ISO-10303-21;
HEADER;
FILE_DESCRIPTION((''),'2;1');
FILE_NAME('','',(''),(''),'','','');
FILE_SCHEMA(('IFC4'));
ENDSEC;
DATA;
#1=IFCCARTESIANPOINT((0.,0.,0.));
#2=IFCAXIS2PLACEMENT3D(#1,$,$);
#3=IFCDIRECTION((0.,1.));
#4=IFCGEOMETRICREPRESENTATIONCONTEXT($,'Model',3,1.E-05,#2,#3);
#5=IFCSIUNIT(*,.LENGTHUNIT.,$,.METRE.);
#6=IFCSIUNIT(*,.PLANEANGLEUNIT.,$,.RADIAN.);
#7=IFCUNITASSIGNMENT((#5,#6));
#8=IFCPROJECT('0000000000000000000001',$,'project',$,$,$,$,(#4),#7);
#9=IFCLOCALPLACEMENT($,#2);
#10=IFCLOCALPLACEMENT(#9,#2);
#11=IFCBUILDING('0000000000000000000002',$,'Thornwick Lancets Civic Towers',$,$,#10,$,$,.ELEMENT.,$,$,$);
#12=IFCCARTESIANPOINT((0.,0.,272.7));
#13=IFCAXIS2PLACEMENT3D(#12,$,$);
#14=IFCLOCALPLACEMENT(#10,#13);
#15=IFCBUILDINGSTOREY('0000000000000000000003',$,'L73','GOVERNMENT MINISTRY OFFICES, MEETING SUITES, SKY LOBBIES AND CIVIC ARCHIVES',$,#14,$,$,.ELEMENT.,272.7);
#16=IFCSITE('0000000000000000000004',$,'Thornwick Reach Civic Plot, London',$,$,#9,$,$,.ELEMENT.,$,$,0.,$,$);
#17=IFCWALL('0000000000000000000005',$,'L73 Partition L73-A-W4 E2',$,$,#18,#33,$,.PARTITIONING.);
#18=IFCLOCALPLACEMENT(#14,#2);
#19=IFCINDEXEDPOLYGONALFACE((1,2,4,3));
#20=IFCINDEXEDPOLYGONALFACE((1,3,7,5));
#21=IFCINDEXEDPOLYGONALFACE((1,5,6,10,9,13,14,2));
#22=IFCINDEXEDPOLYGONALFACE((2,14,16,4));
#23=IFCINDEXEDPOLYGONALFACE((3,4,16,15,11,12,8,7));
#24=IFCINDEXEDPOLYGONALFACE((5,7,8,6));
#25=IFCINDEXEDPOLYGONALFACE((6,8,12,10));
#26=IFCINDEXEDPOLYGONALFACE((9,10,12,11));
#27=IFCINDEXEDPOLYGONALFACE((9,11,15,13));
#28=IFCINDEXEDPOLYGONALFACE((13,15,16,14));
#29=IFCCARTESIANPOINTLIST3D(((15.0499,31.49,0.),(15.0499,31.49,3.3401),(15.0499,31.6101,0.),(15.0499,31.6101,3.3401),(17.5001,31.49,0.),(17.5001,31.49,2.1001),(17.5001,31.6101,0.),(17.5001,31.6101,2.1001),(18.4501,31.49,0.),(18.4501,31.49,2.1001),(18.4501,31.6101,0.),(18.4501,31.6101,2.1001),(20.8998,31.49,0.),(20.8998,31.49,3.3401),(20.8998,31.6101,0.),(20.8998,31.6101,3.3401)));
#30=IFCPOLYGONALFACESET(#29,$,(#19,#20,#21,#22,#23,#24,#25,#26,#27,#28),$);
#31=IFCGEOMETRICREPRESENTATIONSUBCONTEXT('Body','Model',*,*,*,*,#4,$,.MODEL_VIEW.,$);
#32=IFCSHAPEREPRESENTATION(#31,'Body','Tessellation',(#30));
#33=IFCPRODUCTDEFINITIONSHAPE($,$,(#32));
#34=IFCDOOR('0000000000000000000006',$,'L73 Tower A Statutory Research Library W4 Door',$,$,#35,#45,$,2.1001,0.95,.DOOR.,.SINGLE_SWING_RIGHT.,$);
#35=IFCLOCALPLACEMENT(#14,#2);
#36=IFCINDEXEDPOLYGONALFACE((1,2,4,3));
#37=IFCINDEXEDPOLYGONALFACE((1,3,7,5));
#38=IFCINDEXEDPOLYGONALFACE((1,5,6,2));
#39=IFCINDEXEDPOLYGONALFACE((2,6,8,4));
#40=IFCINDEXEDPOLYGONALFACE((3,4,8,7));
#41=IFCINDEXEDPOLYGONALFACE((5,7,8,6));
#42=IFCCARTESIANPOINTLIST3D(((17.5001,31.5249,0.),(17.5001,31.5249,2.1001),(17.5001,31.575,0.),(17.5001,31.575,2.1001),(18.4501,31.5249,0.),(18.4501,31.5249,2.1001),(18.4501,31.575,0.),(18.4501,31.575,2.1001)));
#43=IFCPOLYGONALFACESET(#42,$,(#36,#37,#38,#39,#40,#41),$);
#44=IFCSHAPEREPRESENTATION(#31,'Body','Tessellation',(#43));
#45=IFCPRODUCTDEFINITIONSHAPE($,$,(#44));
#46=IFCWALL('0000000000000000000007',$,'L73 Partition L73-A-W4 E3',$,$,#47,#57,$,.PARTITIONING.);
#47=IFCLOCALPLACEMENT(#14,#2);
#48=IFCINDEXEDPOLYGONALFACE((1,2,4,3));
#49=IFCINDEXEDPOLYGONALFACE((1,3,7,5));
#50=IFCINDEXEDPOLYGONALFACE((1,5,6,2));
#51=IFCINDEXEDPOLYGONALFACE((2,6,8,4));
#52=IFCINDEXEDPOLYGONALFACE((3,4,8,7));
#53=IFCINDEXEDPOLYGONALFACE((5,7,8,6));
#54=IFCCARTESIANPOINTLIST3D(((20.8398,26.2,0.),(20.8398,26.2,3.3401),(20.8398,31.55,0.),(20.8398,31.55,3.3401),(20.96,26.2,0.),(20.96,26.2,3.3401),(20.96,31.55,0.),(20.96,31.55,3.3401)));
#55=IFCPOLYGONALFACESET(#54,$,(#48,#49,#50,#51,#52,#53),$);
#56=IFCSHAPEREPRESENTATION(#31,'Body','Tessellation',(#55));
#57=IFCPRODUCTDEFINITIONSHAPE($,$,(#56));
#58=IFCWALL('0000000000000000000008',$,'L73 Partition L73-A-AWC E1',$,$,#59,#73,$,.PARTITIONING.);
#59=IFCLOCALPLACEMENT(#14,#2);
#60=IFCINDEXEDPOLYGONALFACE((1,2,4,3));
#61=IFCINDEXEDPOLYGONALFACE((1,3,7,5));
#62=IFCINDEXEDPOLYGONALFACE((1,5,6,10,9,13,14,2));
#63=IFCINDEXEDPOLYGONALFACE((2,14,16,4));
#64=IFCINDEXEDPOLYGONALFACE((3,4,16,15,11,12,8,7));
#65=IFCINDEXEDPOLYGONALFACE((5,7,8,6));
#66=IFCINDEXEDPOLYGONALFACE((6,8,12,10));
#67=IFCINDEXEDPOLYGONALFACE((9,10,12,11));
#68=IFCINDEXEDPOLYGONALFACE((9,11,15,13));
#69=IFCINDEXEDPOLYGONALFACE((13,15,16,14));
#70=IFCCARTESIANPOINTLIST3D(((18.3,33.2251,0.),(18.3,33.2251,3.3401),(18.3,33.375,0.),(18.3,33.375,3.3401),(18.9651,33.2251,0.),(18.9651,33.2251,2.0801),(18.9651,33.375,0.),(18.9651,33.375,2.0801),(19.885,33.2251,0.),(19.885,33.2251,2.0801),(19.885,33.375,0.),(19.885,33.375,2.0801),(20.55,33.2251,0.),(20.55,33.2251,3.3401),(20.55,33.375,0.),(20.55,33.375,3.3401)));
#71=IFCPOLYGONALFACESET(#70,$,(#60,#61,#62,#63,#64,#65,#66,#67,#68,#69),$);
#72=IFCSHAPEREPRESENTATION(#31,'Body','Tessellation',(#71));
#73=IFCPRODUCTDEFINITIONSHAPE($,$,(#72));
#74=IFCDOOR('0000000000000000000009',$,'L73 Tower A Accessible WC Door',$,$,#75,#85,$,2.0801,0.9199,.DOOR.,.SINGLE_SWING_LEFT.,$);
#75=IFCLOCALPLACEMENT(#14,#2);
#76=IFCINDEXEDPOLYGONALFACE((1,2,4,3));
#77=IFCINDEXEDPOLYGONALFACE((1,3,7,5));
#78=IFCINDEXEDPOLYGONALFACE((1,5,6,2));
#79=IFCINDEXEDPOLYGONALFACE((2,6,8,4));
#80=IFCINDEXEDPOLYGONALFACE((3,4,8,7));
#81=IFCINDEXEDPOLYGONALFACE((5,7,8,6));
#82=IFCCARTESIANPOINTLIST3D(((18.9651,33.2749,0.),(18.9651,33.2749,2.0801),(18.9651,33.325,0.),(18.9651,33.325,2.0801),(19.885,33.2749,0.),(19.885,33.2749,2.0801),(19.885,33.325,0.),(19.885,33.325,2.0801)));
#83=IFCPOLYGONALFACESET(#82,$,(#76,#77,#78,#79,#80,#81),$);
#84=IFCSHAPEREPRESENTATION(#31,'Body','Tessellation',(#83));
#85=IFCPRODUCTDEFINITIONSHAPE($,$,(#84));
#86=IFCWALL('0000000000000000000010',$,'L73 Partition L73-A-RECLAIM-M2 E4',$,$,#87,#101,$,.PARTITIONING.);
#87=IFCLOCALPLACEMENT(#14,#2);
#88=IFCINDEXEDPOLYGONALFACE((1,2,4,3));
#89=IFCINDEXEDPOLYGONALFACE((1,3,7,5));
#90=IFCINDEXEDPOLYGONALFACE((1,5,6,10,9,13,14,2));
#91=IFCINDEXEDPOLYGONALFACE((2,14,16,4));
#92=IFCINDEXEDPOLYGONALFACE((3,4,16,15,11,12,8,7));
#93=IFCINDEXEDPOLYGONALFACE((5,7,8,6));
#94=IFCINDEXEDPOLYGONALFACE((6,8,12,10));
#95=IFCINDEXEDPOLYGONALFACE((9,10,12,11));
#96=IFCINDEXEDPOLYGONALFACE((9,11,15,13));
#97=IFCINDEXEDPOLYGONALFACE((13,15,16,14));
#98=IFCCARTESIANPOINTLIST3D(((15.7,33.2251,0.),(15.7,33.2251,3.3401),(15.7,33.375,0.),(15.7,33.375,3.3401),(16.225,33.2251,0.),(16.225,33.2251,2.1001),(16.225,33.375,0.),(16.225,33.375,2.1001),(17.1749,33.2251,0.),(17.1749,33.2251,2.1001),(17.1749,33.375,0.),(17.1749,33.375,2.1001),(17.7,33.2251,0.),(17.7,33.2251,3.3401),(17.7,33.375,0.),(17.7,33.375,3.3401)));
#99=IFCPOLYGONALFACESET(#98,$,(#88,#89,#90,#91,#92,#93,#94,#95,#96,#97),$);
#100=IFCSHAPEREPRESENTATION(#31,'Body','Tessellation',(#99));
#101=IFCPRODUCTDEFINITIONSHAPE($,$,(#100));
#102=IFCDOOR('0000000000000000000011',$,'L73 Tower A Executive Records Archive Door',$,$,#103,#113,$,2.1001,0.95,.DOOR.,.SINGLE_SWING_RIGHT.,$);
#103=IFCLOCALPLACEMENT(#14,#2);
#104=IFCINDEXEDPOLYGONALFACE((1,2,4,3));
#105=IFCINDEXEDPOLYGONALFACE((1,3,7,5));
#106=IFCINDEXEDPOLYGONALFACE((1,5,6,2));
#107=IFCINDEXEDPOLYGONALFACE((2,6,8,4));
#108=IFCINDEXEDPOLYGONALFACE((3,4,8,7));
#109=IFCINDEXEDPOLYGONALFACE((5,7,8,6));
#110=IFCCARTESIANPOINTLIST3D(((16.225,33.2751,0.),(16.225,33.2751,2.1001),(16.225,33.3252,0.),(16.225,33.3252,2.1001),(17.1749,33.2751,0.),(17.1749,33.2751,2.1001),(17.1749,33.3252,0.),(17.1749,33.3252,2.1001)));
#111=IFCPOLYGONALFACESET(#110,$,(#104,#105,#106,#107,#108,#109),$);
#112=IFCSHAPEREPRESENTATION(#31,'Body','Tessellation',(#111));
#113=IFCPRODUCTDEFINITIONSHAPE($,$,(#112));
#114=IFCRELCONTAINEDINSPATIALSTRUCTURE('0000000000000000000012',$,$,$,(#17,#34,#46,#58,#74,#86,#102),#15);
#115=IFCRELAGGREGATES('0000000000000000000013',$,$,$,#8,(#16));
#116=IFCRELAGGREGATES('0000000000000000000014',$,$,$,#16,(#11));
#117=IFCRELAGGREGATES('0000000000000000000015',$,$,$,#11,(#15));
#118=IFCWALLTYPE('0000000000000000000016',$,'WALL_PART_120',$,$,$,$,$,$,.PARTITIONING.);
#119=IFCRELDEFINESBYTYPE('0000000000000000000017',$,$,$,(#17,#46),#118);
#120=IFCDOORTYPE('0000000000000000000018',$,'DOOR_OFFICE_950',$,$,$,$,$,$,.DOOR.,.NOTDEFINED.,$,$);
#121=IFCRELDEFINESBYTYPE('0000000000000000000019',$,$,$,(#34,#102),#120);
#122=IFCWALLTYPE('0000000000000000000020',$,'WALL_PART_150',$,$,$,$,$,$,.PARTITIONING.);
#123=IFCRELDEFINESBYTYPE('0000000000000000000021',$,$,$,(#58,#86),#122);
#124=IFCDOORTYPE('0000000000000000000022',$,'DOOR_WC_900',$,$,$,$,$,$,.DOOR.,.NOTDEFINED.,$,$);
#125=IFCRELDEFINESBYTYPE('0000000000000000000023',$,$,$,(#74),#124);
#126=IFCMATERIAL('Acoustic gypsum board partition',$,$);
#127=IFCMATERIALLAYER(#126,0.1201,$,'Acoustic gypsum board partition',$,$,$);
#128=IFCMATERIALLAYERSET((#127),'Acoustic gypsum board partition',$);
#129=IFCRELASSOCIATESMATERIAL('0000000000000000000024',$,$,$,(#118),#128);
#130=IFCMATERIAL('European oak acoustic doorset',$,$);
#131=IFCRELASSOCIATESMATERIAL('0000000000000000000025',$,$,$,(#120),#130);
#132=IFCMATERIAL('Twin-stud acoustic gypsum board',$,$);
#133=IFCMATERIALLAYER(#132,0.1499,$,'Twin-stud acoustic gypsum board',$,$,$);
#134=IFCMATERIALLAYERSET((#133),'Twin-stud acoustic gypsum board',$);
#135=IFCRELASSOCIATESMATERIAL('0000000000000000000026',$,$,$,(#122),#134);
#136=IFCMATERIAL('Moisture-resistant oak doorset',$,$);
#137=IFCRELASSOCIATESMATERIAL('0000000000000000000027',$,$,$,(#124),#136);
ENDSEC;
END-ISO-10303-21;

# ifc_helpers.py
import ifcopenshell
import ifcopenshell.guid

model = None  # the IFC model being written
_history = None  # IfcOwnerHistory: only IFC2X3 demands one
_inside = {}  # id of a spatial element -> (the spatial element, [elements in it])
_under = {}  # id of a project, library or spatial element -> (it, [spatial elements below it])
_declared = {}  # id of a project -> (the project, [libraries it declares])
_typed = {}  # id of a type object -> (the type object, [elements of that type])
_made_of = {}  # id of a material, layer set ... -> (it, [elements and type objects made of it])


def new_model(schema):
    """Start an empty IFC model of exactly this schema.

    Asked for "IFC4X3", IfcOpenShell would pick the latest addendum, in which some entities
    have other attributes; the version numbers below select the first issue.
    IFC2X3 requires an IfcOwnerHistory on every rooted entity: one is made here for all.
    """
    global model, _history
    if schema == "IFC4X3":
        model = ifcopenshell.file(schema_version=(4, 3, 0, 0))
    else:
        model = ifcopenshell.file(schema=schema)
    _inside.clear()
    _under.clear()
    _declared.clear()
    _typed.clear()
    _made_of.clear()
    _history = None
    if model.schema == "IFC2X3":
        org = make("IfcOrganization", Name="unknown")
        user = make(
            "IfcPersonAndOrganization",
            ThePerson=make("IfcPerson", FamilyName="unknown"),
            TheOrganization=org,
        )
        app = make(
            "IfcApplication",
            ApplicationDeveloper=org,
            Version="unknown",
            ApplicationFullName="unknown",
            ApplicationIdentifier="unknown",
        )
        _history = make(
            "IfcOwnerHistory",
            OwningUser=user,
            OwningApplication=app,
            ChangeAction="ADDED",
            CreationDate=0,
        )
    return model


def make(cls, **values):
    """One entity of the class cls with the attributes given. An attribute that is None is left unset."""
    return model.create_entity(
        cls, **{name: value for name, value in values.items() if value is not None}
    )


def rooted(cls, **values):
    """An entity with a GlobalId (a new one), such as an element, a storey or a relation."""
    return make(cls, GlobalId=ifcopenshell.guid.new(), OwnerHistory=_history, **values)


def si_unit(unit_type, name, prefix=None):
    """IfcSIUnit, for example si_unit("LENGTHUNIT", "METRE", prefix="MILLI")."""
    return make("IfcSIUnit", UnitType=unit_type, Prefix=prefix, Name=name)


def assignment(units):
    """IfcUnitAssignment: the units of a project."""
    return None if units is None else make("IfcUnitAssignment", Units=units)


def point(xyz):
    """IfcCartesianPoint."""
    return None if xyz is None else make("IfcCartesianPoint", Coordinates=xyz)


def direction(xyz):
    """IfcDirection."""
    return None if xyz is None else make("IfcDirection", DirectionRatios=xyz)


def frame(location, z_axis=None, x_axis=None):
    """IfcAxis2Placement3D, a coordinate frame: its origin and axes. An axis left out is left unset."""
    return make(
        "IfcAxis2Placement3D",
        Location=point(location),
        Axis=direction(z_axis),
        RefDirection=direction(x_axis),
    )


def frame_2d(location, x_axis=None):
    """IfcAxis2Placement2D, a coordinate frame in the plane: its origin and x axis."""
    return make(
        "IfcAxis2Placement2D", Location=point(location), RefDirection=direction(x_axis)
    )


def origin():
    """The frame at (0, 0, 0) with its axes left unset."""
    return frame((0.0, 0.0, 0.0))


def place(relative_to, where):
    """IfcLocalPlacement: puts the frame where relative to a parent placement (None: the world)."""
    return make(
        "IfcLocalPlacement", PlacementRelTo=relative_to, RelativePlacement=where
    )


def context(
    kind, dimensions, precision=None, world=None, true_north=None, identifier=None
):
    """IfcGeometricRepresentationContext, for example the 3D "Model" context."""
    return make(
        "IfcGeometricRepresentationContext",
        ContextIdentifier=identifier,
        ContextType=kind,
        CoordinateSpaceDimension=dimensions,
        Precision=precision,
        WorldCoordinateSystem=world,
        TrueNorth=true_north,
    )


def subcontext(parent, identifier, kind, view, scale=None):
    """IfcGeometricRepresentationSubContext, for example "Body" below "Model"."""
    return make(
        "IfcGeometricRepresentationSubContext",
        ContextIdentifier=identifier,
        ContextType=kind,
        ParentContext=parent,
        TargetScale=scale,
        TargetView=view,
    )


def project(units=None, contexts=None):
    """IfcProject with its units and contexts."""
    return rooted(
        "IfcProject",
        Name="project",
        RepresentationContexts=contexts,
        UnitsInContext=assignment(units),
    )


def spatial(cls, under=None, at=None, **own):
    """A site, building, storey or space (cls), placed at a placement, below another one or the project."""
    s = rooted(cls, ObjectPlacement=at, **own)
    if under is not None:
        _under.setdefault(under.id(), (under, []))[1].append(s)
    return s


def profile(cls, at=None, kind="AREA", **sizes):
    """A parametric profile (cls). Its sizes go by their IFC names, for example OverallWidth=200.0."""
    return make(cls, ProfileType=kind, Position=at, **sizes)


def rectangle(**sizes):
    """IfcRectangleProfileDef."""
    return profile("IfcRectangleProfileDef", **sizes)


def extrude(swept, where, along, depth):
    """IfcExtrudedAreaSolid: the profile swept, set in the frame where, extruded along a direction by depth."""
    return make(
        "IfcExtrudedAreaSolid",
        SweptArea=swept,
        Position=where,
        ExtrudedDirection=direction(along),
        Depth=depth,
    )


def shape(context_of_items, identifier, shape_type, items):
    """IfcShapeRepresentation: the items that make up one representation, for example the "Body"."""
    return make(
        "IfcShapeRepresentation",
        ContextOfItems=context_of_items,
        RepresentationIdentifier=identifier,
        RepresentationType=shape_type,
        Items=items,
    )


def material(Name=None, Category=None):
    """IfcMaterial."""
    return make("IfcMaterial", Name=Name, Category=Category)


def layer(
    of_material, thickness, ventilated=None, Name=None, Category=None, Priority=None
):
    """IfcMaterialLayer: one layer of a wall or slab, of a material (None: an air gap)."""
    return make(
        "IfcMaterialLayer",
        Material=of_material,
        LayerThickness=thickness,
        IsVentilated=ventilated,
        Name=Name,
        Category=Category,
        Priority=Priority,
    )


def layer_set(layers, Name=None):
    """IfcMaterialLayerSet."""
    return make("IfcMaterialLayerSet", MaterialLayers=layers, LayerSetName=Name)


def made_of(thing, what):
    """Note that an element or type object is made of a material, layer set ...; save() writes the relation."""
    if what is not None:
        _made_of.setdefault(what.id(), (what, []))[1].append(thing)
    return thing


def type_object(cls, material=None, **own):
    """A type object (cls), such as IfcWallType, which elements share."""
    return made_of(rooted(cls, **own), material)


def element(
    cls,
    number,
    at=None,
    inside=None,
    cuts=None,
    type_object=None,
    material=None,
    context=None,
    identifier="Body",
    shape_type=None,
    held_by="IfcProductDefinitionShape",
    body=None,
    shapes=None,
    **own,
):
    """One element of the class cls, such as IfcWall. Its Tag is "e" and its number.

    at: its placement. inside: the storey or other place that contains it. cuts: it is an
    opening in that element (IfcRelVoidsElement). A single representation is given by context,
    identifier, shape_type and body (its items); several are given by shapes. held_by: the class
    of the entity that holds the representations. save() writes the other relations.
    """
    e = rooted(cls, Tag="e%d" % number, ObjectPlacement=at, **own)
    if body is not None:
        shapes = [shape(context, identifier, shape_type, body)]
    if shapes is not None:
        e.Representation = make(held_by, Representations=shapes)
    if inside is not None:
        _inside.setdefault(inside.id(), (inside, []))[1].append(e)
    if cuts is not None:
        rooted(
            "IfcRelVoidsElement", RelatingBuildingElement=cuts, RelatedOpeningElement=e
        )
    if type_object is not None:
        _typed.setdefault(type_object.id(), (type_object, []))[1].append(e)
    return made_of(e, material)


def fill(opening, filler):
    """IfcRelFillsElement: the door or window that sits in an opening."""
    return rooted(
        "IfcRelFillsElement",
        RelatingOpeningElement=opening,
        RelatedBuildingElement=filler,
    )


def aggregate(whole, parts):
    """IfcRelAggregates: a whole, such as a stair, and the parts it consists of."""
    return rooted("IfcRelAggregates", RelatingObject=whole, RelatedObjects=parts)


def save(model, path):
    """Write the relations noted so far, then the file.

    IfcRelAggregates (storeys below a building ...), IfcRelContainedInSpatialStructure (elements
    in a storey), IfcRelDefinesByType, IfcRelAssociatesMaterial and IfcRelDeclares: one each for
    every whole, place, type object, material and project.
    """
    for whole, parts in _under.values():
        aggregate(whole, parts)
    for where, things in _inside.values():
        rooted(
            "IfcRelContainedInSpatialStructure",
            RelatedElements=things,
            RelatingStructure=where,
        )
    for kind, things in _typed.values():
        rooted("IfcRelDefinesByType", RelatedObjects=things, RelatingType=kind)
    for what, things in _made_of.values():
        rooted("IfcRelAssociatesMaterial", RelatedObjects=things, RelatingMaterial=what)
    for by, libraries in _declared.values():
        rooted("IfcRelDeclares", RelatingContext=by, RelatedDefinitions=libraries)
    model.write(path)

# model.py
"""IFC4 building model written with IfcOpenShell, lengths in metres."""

from ifc_helpers import new_model, si_unit, direction, frame, frame_2d, origin, place, context, subcontext, project, spatial, rectangle, extrude, material, layer, layer_set, type_object, element, fill, save


model = new_model("IFC4")

# Units and contexts
model_context = context("Model", 3, precision=1e-05, world=origin(), true_north=direction((0.0, 1.0)))
body_context = subcontext(model_context, "Body", "Model", "MODEL_VIEW")
ifc_project = project(units=[si_unit("LENGTHUNIT", "METRE"), si_unit("PLANEANGLEUNIT", "RADIAN")], contexts=[model_context])

# Site, building, storey
site_placement = place(None, origin())
site = spatial("IfcSite", under=ifc_project, at=site_placement, Name="Thornwick Reach Civic Plot, London", CompositionType="ELEMENT", RefElevation=0.0)
building_placement = place(site_placement, origin())
building = spatial("IfcBuilding", under=site, at=building_placement, Name="Thornwick Lancets Civic Towers", CompositionType="ELEMENT")
storey_placement = place(building_placement, frame((0.0, 0.0, 272.7)))
storey = spatial("IfcBuildingStorey", under=building, at=storey_placement, Name="L73", Description="GOVERNMENT MINISTRY OFFICES, MEETING SUITES, SKY LOBBIES AND CIVIC ARCHIVES", CompositionType="ELEMENT", Elevation=272.7)

# Shared definitions
ifc_material_1 = material(Name="Acoustic gypsum board partition")
ifc_layer_1 = layer(ifc_material_1, 0.1201, Name="Acoustic gypsum board partition")
ifc_layer_set_1 = layer_set([ifc_layer_1], Name="Acoustic gypsum board partition")
wall_type_1 = type_object("IfcWallType", Name="WALL_PART_120", PredefinedType="PARTITIONING", material=ifc_layer_set_1)

# Shared definitions
ifc_material_2 = material(Name="European oak acoustic doorset")
door_type_1 = type_object("IfcDoorType", Name="DOOR_OFFICE_950", OperationType="NOTDEFINED", PredefinedType="DOOR", material=ifc_material_2)

# Wall, opening, door
wall_1_placement = place(storey_placement, frame((15.05, 31.55, 0.0), z_axis=(0.0, 0.0, 1.0), x_axis=(1.0, 0.0, 0.0)))
wall_1 = element("IfcWall", 1, at=wall_1_placement, inside=storey, type_object=wall_type_1, Name="L73 Partition L73-A-W4 E2", PredefinedType="PARTITIONING", context=body_context, shape_type="SweptSolid", body=[
    extrude(rectangle(XDim=5.8499, YDim=0.1201, at=frame_2d((2.9248, 0.0))), origin(), (0.0, 0.0, 1.0), 3.3401),
])
opening_1_placement = place(wall_1_placement, frame((2.45, 0.0, 0.0)))
opening_1 = element("IfcOpeningElement", 2, at=opening_1_placement, cuts=wall_1, PredefinedType="OPENING", context=body_context, shape_type="SweptSolid", body=[
    extrude(rectangle(XDim=0.95, YDim=2.1001, at=frame_2d((0.4751, 1.05))), frame((0.0, 0.0701, 0.0), z_axis=(0.0, -1.0, 0.0), x_axis=(1.0, 0.0, 0.0)), (0.0, 0.0, 1.0), 0.1401),
])
door_1_placement = place(opening_1_placement, origin())
door_1 = element("IfcDoor", 3, at=door_1_placement, inside=storey, type_object=door_type_1, Name="L73 Tower A Statutory Research Library W4 Door", OperationType="SINGLE_SWING_RIGHT", OverallHeight=2.1001, OverallWidth=0.95, PredefinedType="DOOR", context=body_context, shape_type="SweptSolid", body=[
    extrude(rectangle(XDim=0.95, YDim=2.1001, at=frame_2d((0.4751, 1.05))), frame((0.0, 0.0249, 0.0), z_axis=(0.0, -1.0, 0.0), x_axis=(1.0, 0.0, 0.0)), (0.0, 0.0, 1.0), 0.05),
])
fill(opening_1, door_1)

# Wall
wall_2_placement = place(storey_placement, frame((20.8999, 31.55, 0.0), z_axis=(0.0, 0.0, 1.0), x_axis=(0.0, -1.0, 0.0)))
element("IfcWall", 4, at=wall_2_placement, inside=storey, type_object=wall_type_1, Name="L73 Partition L73-A-W4 E3", PredefinedType="PARTITIONING", context=body_context, shape_type="SweptSolid", body=[
    extrude(rectangle(XDim=5.3501, YDim=0.1201, at=frame_2d((2.675, 0.0))), origin(), (0.0, 0.0, 1.0), 3.3401),
])

# Walls, openings, doors
ifc_material_3 = material(Name="Twin-stud acoustic gypsum board")
ifc_layer_2 = layer(ifc_material_3, 0.1499, Name="Twin-stud acoustic gypsum board")
ifc_layer_set_2 = layer_set([ifc_layer_2], Name="Twin-stud acoustic gypsum board")
wall_type_2 = type_object("IfcWallType", Name="WALL_PART_150", PredefinedType="PARTITIONING", material=ifc_layer_set_2)
wall_3_placement = place(storey_placement, frame((18.3, 33.3, 0.0), z_axis=(0.0, 0.0, 1.0), x_axis=(1.0, 0.0, 0.0)))
wall_3 = element("IfcWall", 5, at=wall_3_placement, inside=storey, type_object=wall_type_2, Name="L73 Partition L73-A-AWC E1", PredefinedType="PARTITIONING", context=body_context, shape_type="SweptSolid", body=[
    extrude(rectangle(XDim=2.25, YDim=0.1499, at=frame_2d((1.125, 0.0))), origin(), (0.0, 0.0, 1.0), 3.3401),
])
opening_2_placement = place(wall_3_placement, frame((0.665, 0.0, 0.0)))
opening_2 = element("IfcOpeningElement", 6, at=opening_2_placement, cuts=wall_3, PredefinedType="OPENING", context=body_context, shape_type="SweptSolid", body=[
    extrude(rectangle(XDim=0.9199, YDim=2.0801, at=frame_2d((0.46, 1.04))), frame((0.0, 0.085, 0.0), z_axis=(0.0, -1.0, 0.0), x_axis=(1.0, 0.0, 0.0)), (0.0, 0.0, 1.0), 0.1699),
])
ifc_material_4 = material(Name="Moisture-resistant oak doorset")
door_type_2 = type_object("IfcDoorType", Name="DOOR_WC_900", OperationType="NOTDEFINED", PredefinedType="DOOR", material=ifc_material_4)
door_2_placement = place(opening_2_placement, origin())
door_2 = element("IfcDoor", 7, at=door_2_placement, inside=storey, type_object=door_type_2, Name="L73 Tower A Accessible WC Door", OperationType="SINGLE_SWING_LEFT", OverallHeight=2.0801, OverallWidth=0.9199, PredefinedType="DOOR", context=body_context, shape_type="SweptSolid", body=[
    extrude(rectangle(XDim=0.9199, YDim=2.0801, at=frame_2d((0.46, 1.04))), frame((0.0, 0.0249, 0.0), z_axis=(0.0, -1.0, 0.0), x_axis=(1.0, 0.0, 0.0)), (0.0, 0.0, 1.0), 0.05),
])
fill(opening_2, door_2)
wall_4_placement = place(storey_placement, frame((17.7, 33.3, 0.0), z_axis=(0.0, 0.0, 1.0), x_axis=(-1.0, 0.0, 0.0)))
wall_4 = element("IfcWall", 8, at=wall_4_placement, inside=storey, type_object=wall_type_2, Name="L73 Partition L73-A-RECLAIM-M2 E4", PredefinedType="PARTITIONING", context=body_context, shape_type="SweptSolid", body=[
    extrude(rectangle(XDim=2.0, YDim=0.1499, at=frame_2d((1.0, 0.0))), origin(), (0.0, 0.0, 1.0), 3.3401),
])
opening_3_placement = place(wall_4_placement, frame((0.5249, 0.0, 0.0)))
opening_3 = element("IfcOpeningElement", 9, at=opening_3_placement, cuts=wall_4, PredefinedType="OPENING", context=body_context, shape_type="SweptSolid", body=[
    extrude(rectangle(XDim=0.95, YDim=2.1001, at=frame_2d((0.4751, 1.05))), frame((0.0, 0.085, 0.0), z_axis=(0.0, -1.0, 0.0), x_axis=(1.0, 0.0, 0.0)), (0.0, 0.0, 1.0), 0.1699),
])
door_3_placement = place(opening_3_placement, origin())
door_3 = element("IfcDoor", 10, at=door_3_placement, inside=storey, type_object=door_type_1, Name="L73 Tower A Executive Records Archive Door", OperationType="SINGLE_SWING_RIGHT", OverallHeight=2.1001, OverallWidth=0.95, PredefinedType="DOOR", context=body_context, shape_type="SweptSolid", body=[
    extrude(rectangle(XDim=0.95, YDim=2.1001, at=frame_2d((0.4751, 1.05))), frame((0.0, 0.0249, 0.0), z_axis=(0.0, -1.0, 0.0), x_axis=(1.0, 0.0, 0.0)), (0.0, 0.0, 1.0), 0.05),
])
fill(opening_3, door_3)

save(model, "model.ifc")
